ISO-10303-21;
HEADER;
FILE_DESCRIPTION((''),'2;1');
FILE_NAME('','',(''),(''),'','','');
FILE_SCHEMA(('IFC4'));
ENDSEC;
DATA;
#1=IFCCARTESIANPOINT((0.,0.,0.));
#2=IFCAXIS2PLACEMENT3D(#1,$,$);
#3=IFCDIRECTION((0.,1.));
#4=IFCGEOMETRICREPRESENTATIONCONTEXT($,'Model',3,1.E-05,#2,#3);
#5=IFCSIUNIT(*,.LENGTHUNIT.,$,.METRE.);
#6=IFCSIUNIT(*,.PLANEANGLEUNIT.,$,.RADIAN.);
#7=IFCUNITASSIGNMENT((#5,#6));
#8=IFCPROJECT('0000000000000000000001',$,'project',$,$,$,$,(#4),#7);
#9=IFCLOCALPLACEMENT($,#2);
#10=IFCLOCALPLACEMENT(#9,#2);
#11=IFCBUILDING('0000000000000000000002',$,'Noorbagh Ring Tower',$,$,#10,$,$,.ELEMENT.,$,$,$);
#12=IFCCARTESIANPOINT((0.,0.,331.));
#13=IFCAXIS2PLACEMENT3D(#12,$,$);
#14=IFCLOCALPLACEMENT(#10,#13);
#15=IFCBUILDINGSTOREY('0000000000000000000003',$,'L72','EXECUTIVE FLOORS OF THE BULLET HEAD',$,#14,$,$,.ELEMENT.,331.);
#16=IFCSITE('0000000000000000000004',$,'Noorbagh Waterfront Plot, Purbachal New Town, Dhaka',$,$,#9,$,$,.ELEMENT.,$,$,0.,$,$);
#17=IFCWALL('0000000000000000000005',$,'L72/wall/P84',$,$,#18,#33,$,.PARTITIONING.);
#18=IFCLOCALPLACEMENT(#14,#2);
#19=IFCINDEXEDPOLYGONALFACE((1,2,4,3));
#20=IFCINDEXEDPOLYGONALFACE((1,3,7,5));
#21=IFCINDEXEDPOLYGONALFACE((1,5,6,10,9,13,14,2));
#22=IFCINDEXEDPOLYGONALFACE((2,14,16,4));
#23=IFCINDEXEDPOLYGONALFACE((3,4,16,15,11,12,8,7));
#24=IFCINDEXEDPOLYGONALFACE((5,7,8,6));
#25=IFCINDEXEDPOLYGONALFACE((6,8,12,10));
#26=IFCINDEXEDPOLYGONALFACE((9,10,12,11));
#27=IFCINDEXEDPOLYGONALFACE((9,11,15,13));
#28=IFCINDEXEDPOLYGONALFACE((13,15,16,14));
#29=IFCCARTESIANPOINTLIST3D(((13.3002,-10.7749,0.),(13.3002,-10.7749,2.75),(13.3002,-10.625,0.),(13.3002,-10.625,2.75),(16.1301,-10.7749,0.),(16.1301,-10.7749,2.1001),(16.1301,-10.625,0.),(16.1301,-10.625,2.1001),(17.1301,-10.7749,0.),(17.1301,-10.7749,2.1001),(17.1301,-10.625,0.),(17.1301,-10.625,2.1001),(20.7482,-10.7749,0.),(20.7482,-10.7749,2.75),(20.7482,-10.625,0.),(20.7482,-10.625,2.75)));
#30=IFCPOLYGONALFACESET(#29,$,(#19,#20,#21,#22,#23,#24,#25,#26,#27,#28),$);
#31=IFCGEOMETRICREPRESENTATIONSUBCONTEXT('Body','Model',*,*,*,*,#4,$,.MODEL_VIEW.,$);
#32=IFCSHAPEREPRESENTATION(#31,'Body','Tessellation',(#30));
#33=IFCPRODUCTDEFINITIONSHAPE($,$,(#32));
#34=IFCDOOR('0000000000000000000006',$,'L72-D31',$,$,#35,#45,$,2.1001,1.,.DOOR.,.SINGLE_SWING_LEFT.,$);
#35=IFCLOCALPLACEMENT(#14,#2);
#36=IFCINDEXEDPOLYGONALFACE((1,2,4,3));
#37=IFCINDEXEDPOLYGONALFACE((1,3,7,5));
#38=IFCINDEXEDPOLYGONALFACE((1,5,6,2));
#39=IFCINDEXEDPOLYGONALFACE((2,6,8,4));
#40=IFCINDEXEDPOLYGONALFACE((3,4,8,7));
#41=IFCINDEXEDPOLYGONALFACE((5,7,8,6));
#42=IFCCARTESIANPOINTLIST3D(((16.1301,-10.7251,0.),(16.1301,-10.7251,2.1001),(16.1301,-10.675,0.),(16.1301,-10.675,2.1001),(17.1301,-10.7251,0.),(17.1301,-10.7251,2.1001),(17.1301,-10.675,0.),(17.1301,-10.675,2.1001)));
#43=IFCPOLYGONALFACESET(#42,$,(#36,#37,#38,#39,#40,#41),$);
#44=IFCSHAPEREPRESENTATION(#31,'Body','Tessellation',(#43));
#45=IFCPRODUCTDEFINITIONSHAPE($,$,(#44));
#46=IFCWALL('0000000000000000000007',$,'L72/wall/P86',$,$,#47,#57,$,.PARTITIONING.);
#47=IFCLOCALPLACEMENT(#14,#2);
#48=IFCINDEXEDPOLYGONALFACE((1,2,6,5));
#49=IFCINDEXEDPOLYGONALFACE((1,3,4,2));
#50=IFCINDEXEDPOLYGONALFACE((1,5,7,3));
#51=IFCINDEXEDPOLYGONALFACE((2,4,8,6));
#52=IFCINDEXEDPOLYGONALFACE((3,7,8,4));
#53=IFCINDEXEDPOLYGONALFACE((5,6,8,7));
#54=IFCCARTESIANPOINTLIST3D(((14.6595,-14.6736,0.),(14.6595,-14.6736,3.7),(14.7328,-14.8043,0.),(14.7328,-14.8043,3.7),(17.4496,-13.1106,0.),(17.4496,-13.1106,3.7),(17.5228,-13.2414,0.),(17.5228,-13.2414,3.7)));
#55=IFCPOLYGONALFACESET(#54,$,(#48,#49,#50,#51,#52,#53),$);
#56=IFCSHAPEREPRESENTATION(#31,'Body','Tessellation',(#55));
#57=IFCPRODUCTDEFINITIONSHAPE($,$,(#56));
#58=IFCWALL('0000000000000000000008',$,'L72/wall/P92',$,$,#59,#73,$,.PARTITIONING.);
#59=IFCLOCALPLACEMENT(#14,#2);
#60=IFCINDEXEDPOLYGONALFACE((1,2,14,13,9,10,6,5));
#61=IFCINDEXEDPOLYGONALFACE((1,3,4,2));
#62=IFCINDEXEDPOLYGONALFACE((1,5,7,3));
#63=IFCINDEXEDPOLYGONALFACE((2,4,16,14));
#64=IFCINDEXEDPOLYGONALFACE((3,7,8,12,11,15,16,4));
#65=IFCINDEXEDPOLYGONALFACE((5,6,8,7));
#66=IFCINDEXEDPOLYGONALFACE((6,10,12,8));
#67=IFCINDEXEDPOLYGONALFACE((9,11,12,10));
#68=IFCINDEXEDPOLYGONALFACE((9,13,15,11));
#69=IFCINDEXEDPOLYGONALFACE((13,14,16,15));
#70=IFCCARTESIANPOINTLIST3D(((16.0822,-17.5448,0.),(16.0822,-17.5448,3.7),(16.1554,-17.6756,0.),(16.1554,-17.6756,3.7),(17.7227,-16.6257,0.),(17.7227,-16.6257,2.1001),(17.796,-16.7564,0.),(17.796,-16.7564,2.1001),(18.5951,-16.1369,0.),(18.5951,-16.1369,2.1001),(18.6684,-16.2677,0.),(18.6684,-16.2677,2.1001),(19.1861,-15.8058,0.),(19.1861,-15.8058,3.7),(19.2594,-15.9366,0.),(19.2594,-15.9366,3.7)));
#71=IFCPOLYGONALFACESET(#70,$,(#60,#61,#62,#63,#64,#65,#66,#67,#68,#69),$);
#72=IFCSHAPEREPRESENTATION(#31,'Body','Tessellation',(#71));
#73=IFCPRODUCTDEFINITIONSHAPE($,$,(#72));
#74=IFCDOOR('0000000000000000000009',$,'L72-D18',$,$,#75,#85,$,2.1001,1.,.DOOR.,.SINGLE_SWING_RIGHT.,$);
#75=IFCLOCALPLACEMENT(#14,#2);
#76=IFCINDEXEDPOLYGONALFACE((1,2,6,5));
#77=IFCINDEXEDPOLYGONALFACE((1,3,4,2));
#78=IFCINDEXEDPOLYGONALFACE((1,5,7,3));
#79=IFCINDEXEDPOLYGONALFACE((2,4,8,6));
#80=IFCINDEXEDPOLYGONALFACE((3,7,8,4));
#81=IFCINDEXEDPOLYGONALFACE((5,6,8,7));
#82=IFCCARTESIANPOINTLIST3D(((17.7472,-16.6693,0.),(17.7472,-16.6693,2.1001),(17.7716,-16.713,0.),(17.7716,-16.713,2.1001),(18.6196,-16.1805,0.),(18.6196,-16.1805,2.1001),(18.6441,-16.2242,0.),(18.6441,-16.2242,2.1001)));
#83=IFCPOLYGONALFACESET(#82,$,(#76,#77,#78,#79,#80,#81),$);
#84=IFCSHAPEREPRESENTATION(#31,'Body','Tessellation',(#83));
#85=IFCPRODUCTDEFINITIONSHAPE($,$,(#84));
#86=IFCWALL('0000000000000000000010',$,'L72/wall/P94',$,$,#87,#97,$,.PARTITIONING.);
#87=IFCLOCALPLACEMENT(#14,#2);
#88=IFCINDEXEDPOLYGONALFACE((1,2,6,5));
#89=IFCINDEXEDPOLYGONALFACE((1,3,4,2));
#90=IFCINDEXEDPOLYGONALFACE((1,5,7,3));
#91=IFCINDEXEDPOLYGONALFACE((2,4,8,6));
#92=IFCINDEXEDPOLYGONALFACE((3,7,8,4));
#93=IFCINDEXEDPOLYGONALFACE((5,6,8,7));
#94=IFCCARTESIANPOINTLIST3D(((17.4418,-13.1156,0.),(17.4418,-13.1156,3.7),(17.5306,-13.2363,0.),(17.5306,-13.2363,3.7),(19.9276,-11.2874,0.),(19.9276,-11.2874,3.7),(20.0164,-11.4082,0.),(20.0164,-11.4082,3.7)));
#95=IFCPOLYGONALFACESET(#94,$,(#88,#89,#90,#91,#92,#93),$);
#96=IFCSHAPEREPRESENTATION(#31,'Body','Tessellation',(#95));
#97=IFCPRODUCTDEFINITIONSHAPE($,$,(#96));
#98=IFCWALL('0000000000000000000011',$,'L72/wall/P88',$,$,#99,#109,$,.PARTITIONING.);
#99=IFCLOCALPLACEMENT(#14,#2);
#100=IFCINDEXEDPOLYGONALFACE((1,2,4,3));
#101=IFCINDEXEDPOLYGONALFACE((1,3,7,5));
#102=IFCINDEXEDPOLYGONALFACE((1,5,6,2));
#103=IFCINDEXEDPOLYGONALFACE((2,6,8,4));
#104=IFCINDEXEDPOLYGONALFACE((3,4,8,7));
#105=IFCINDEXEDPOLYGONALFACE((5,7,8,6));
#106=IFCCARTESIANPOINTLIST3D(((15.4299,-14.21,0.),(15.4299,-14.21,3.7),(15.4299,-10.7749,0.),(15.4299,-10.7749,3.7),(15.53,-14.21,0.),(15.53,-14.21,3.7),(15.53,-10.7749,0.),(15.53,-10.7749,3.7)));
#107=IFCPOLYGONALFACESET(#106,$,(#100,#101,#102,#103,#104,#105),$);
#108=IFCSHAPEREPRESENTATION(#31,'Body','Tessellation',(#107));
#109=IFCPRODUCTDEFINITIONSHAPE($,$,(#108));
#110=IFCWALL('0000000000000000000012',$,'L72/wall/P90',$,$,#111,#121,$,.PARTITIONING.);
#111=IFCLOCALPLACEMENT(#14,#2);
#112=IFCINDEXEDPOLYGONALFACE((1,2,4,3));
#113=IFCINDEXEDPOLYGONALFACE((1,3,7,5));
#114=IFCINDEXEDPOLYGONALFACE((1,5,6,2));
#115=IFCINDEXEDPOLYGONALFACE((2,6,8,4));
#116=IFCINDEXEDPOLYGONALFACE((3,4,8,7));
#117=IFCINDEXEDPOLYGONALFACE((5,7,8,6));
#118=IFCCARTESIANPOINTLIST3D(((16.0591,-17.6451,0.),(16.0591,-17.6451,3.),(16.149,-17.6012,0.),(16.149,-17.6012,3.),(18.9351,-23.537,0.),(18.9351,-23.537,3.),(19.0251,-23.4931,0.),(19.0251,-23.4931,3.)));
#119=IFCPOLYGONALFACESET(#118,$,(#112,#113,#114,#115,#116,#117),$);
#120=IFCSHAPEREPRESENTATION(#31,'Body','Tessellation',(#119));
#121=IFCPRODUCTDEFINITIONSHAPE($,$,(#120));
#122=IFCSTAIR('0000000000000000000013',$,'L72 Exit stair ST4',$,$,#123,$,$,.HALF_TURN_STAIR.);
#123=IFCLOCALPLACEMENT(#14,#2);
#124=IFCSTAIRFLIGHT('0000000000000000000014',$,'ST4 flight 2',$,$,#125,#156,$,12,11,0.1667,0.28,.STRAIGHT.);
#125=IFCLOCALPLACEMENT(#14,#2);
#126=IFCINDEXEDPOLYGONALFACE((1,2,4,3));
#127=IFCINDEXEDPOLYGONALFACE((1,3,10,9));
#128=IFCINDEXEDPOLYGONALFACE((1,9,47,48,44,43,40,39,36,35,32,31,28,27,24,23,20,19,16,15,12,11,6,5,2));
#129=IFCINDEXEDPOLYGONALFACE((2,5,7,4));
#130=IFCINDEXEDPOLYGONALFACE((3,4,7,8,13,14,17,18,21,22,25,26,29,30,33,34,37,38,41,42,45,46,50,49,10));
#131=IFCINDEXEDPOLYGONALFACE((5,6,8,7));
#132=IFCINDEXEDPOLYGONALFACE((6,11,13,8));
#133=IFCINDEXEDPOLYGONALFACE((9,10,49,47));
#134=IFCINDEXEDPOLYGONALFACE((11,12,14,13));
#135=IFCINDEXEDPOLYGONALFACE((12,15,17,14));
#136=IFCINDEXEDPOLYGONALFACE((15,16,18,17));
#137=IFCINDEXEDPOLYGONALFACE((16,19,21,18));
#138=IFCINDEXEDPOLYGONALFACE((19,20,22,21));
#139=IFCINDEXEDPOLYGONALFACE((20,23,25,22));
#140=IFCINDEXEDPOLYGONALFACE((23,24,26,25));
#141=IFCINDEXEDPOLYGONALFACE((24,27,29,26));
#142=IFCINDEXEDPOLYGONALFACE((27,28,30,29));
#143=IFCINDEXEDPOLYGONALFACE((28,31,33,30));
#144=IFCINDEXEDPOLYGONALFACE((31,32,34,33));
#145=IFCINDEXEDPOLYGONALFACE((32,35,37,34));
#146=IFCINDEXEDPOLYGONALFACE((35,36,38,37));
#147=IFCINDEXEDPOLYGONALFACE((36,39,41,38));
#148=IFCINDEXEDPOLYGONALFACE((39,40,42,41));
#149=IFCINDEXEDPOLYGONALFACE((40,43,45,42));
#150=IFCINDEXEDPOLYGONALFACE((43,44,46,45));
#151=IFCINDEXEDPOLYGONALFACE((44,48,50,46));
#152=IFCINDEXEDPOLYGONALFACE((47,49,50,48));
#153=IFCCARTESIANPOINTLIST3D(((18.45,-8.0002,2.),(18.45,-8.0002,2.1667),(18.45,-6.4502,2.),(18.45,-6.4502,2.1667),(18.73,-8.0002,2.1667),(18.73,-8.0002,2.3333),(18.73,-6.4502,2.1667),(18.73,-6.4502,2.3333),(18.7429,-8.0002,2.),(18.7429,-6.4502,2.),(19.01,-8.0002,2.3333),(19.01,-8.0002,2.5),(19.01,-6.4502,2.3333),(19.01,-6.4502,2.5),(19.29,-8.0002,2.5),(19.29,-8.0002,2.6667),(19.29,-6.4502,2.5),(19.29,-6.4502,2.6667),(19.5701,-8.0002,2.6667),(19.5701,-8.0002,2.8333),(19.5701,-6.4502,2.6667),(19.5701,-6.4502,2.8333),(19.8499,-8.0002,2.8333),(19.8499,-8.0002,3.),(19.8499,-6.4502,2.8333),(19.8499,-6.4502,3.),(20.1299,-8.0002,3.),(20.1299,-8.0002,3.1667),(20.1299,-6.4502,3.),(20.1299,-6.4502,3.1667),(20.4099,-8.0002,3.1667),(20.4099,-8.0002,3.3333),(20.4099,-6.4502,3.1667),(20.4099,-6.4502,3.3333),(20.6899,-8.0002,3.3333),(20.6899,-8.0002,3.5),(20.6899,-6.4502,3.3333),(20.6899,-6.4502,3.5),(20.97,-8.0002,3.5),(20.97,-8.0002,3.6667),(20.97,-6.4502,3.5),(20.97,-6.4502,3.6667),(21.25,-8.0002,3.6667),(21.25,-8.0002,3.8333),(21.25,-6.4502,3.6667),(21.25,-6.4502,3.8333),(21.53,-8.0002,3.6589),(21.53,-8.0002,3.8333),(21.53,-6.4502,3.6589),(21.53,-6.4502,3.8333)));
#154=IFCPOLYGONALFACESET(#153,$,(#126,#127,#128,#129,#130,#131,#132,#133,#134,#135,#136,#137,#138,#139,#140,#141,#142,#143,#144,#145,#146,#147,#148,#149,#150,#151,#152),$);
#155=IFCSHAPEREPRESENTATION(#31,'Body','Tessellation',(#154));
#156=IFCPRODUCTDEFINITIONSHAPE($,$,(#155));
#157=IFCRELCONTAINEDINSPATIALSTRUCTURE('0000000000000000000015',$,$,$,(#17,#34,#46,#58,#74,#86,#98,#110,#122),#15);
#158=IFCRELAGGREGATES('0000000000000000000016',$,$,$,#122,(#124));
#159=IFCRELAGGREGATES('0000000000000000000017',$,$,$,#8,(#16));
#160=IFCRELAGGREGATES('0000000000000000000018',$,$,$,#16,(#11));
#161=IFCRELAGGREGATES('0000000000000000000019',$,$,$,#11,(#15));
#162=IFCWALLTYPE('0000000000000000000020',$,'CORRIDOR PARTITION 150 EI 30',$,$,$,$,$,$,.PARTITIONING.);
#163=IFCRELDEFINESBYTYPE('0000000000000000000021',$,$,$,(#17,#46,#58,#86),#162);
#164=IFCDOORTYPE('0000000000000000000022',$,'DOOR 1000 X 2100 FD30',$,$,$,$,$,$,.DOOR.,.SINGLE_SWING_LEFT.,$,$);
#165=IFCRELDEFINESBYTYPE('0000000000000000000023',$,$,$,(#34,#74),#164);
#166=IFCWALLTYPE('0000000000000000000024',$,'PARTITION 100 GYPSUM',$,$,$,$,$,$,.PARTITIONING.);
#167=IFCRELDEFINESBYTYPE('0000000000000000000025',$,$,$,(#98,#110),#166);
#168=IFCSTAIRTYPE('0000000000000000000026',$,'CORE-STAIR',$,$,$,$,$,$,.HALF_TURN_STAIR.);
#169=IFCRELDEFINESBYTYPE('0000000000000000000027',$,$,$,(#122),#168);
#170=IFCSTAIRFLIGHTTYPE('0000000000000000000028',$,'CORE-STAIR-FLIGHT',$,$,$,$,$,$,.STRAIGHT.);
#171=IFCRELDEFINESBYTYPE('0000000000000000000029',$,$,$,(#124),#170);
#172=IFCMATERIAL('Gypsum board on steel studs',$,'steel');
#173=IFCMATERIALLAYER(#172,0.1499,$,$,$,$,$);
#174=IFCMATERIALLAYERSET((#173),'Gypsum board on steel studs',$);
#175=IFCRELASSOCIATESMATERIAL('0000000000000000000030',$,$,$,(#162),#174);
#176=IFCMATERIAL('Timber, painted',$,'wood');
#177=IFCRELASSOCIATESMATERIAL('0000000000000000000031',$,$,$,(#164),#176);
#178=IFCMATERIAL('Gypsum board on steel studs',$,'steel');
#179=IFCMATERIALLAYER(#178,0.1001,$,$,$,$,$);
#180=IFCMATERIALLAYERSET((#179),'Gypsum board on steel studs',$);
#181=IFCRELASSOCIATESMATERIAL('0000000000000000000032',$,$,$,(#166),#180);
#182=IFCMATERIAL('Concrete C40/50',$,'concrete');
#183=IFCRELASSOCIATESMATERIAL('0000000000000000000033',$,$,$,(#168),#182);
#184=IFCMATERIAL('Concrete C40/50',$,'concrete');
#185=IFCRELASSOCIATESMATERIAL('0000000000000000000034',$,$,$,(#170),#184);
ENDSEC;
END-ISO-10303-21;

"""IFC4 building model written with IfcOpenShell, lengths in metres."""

from ifc_helpers import new_model, si_unit, direction, frame, frame_2d, origin, place, context, subcontext, project, spatial, polyline, rectangle, outline, extrude, material, layer, layer_set, type_object, element, fill, aggregate, save


model = new_model("IFC4")

# Units and contexts
model_context = context("Model", 3, precision=1e-05, world=origin(), true_north=direction((0.0, 1.0)))
body_context = subcontext(model_context, "Body", "Model", "MODEL_VIEW")
ifc_project = project(units=[si_unit("LENGTHUNIT", "METRE"), si_unit("PLANEANGLEUNIT", "RADIAN")], contexts=[model_context])

# Site, building, storey
site_placement = place(None, origin())
site = spatial("IfcSite", under=ifc_project, at=site_placement, Name="Noorbagh Waterfront Plot, Purbachal New Town, Dhaka", CompositionType="ELEMENT", RefElevation=0.0)
building_placement = place(site_placement, origin())
building = spatial("IfcBuilding", under=site, at=building_placement, Name="Noorbagh Ring Tower", CompositionType="ELEMENT")
storey_placement = place(building_placement, frame((0.0, 0.0, 331.0)))
storey = spatial("IfcBuildingStorey", under=building, at=storey_placement, Name="L72", Description="EXECUTIVE FLOORS OF THE BULLET HEAD", CompositionType="ELEMENT", Elevation=331.0)

# Shared definitions
ifc_material_1 = material(Name="Gypsum board on steel studs", Category="steel")
ifc_layer_1 = layer(ifc_material_1, 0.1499)
ifc_layer_set_1 = layer_set([ifc_layer_1], Name="Gypsum board on steel studs")
wall_type_1 = type_object("IfcWallType", Name="CORRIDOR PARTITION 150 EI 30", PredefinedType="PARTITIONING", material=ifc_layer_set_1)

# Wall, opening, door
ifc_material_2 = material(Name="Timber, painted", Category="wood")
door_type_1 = type_object("IfcDoorType", Name="DOOR 1000 X 2100 FD30", OperationType="SINGLE_SWING_LEFT", PredefinedType="DOOR", material=ifc_material_2)
wall_1_placement = place(storey_placement, frame((13.3, -10.7, 0.0), z_axis=(0.0, 0.0, 1.0), x_axis=(1.0, 0.0, 0.0)))
wall_1 = element("IfcWall", 1, at=wall_1_placement, inside=storey, type_object=wall_type_1, Name="L72/wall/P84", PredefinedType="PARTITIONING", context=body_context, shape_type="SweptSolid", body=[
    extrude(rectangle(XDim=7.448, YDim=0.1499, at=frame_2d((3.7241, 0.0))), origin(), (0.0, 0.0, 1.0), 2.75),
])
opening_1_placement = place(wall_1_placement, frame((2.8301, 0.0, 0.0)))
opening_1 = element("IfcOpeningElement", 2, at=opening_1_placement, cuts=wall_1, PredefinedType="OPENING", context=body_context, shape_type="SweptSolid", body=[
    extrude(rectangle(XDim=1.0, YDim=2.1001, at=frame_2d((0.5, 1.05))), frame((0.0, 0.085, 0.0), z_axis=(0.0, -1.0, 0.0), x_axis=(1.0, 0.0, 0.0)), (0.0, 0.0, 1.0), 0.1699),
])
door_1_placement = place(opening_1_placement, origin())
door_1 = element("IfcDoor", 3, at=door_1_placement, inside=storey, type_object=door_type_1, Name="L72-D31", OperationType="SINGLE_SWING_LEFT", OverallHeight=2.1001, OverallWidth=1.0, PredefinedType="DOOR", context=body_context, shape_type="SweptSolid", body=[
    extrude(rectangle(XDim=1.0, YDim=2.1001, at=frame_2d((0.5, 1.05))), frame((0.0, 0.0249, 0.0), z_axis=(0.0, -1.0, 0.0), x_axis=(1.0, 0.0, 0.0)), (0.0, 0.0, 1.0), 0.05),
])
fill(opening_1, door_1)

# Wall
wall_2_placement = place(storey_placement, frame((14.696, -14.739, 0.0), z_axis=(0.0, 0.0, 1.0), x_axis=(0.872431, 0.488738, 0.0)))
element("IfcWall", 4, at=wall_2_placement, inside=storey, type_object=wall_type_1, Name="L72/wall/P86", PredefinedType="PARTITIONING", context=body_context, shape_type="SweptSolid", body=[
    extrude(rectangle(XDim=3.198, YDim=0.1499, at=frame_2d((1.5991, 0.0))), origin(), (0.0, 0.0, 1.0), 3.7),
])

# Wall, opening, door
wall_3_placement = place(storey_placement, frame((16.1189, -17.6101, 0.0), z_axis=(0.0, 0.0, 1.0), x_axis=(0.872414, 0.488768, 0.0)))
wall_3 = element("IfcWall", 5, at=wall_3_placement, inside=storey, type_object=wall_type_1, Name="L72/wall/P92", PredefinedType="PARTITIONING", context=body_context, shape_type="SweptSolid", body=[
    extrude(rectangle(XDim=3.5579, YDim=0.1499, at=frame_2d((1.7788, 0.0))), origin(), (0.0, 0.0, 1.0), 3.7),
])
opening_2_placement = place(wall_3_placement, frame((1.8804, 0.0, 0.0)))
opening_2 = element("IfcOpeningElement", 6, at=opening_2_placement, cuts=wall_3, PredefinedType="OPENING", context=body_context, shape_type="SweptSolid", body=[
    extrude(rectangle(XDim=1.0, YDim=2.1001, at=frame_2d((0.5, 1.05))), frame((0.0, 0.085, 0.0), z_axis=(0.0, -1.0, 0.0), x_axis=(1.0, 0.0, 0.0)), (0.0, 0.0, 1.0), 0.1699),
])
door_2_placement = place(opening_2_placement, origin())
door_2 = element("IfcDoor", 7, at=door_2_placement, inside=storey, type_object=door_type_1, Name="L72-D18", OperationType="SINGLE_SWING_RIGHT", OverallHeight=2.1001, OverallWidth=1.0, PredefinedType="DOOR", context=body_context, shape_type="SweptSolid", body=[
    extrude(rectangle(XDim=1.0, YDim=2.1001, at=frame_2d((0.5, 1.05))), frame((0.0, 0.0249, 0.0), z_axis=(0.0, -1.0, 0.0), x_axis=(1.0, 0.0, 0.0)), (0.0, 0.0, 1.0), 0.05),
])
fill(opening_2, door_2)

# Walls
wall_4_placement = place(storey_placement, frame((17.4861, -13.176, 0.0), z_axis=(0.0, 0.0, 1.0), x_axis=(0.805604, 0.592454, 0.0)))
element("IfcWall", 8, at=wall_4_placement, inside=storey, type_object=wall_type_1, Name="L72/wall/P94", PredefinedType="PARTITIONING", context=body_context, shape_type="SweptSolid", body=[
    extrude(rectangle(XDim=3.0857, YDim=0.1499, at=frame_2d((1.543, 0.0))), origin(), (0.0, 0.0, 1.0), 3.7),
])
ifc_material_3 = material(Name="Gypsum board on steel studs", Category="steel")
ifc_layer_2 = layer(ifc_material_3, 0.1001)
ifc_layer_set_2 = layer_set([ifc_layer_2], Name="Gypsum board on steel studs")
wall_type_2 = type_object("IfcWallType", Name="PARTITION 100 GYPSUM", PredefinedType="PARTITIONING", material=ifc_layer_set_2)
wall_5_placement = place(storey_placement, frame((15.48, -14.21, 0.0), z_axis=(0.0, 0.0, 1.0), x_axis=(0.0, 1.0, 0.0)))
element("IfcWall", 9, at=wall_5_placement, inside=storey, type_object=wall_type_2, Name="L72/wall/P88", PredefinedType="PARTITIONING", context=body_context, shape_type="SweptSolid", body=[
    extrude(rectangle(XDim=3.4351, YDim=0.1001, at=frame_2d((1.7175, 0.0))), origin(), (0.0, 0.0, 1.0), 3.7),
])
wall_6_placement = place(storey_placement, frame((16.104, -17.623, 0.0), z_axis=(0.0, 0.0, 1.0), x_axis=(0.438658, -0.898654, 0.0)))
element("IfcWall", 10, at=wall_6_placement, inside=storey, type_object=wall_type_2, Name="L72/wall/P90", PredefinedType="PARTITIONING", context=body_context, shape_type="SweptSolid", body=[
    extrude(rectangle(XDim=6.5564, YDim=0.1001, at=frame_2d((3.2783, 0.0))), origin(), (0.0, 0.0, 1.0), 3.0),
])

# Stair, stair flight
ifc_material_4 = material(Name="Concrete C40/50", Category="concrete")
stair_type = type_object("IfcStairType", Name="CORE-STAIR", PredefinedType="HALF_TURN_STAIR", material=ifc_material_4)
stair_placement = place(storey_placement, origin())
stair = element("IfcStair", 11, at=stair_placement, inside=storey, type_object=stair_type, Name="L72 Exit stair ST4", PredefinedType="HALF_TURN_STAIR")
ifc_material_5 = material(Name="Concrete C40/50", Category="concrete")
stair_flight_type = type_object("IfcStairFlightType", Name="CORE-STAIR-FLIGHT", PredefinedType="STRAIGHT", material=ifc_material_5)
stair_flight_placement = place(storey_placement, frame((18.45, -7.2251, 2.0), z_axis=(0.0, 0.0, 1.0), x_axis=(1.0, 0.0, 0.0)))
stair_flight = element("IfcStairFlight", 12, at=stair_flight_placement, type_object=stair_flight_type, Name="ST4 flight 2", NumberOfRisers=12, NumberOfTreads=11, PredefinedType="STRAIGHT", RiserHeight=0.1667, TreadLength=0.28, context=body_context, shape_type="SweptSolid", body=[
    extrude(outline(polyline([(0.0, 0.0), (0.0, 0.1667), (0.28, 0.1667), (0.28, 0.3333), (0.5601, 0.3333), (0.5601, 0.5), (0.8401, 0.5), (0.8401, 0.6667), (1.1201, 0.6667), (1.1201, 0.8333), (1.3999, 0.8333), (1.3999, 1.0), (1.6799, 1.0), (1.6799, 1.1667), (1.96, 1.1667), (1.96, 1.3333), (2.24, 1.3333), (2.24, 1.5), (2.52, 1.5), (2.52, 1.6667), (2.8, 1.6667), (2.8, 1.8333), (3.0801, 1.8333), (3.0801, 2.0), (3.0801, 1.6589), (0.293, 0.0), (0.0, 0.0)])), frame((0.0, 0.7749, 0.0), z_axis=(0.0, -1.0, 0.0), x_axis=(1.0, 0.0, 0.0)), (0.0, 0.0, 1.0), 1.55),
])
aggregate(stair, [stair_flight])

save(model, "model.ifc")
